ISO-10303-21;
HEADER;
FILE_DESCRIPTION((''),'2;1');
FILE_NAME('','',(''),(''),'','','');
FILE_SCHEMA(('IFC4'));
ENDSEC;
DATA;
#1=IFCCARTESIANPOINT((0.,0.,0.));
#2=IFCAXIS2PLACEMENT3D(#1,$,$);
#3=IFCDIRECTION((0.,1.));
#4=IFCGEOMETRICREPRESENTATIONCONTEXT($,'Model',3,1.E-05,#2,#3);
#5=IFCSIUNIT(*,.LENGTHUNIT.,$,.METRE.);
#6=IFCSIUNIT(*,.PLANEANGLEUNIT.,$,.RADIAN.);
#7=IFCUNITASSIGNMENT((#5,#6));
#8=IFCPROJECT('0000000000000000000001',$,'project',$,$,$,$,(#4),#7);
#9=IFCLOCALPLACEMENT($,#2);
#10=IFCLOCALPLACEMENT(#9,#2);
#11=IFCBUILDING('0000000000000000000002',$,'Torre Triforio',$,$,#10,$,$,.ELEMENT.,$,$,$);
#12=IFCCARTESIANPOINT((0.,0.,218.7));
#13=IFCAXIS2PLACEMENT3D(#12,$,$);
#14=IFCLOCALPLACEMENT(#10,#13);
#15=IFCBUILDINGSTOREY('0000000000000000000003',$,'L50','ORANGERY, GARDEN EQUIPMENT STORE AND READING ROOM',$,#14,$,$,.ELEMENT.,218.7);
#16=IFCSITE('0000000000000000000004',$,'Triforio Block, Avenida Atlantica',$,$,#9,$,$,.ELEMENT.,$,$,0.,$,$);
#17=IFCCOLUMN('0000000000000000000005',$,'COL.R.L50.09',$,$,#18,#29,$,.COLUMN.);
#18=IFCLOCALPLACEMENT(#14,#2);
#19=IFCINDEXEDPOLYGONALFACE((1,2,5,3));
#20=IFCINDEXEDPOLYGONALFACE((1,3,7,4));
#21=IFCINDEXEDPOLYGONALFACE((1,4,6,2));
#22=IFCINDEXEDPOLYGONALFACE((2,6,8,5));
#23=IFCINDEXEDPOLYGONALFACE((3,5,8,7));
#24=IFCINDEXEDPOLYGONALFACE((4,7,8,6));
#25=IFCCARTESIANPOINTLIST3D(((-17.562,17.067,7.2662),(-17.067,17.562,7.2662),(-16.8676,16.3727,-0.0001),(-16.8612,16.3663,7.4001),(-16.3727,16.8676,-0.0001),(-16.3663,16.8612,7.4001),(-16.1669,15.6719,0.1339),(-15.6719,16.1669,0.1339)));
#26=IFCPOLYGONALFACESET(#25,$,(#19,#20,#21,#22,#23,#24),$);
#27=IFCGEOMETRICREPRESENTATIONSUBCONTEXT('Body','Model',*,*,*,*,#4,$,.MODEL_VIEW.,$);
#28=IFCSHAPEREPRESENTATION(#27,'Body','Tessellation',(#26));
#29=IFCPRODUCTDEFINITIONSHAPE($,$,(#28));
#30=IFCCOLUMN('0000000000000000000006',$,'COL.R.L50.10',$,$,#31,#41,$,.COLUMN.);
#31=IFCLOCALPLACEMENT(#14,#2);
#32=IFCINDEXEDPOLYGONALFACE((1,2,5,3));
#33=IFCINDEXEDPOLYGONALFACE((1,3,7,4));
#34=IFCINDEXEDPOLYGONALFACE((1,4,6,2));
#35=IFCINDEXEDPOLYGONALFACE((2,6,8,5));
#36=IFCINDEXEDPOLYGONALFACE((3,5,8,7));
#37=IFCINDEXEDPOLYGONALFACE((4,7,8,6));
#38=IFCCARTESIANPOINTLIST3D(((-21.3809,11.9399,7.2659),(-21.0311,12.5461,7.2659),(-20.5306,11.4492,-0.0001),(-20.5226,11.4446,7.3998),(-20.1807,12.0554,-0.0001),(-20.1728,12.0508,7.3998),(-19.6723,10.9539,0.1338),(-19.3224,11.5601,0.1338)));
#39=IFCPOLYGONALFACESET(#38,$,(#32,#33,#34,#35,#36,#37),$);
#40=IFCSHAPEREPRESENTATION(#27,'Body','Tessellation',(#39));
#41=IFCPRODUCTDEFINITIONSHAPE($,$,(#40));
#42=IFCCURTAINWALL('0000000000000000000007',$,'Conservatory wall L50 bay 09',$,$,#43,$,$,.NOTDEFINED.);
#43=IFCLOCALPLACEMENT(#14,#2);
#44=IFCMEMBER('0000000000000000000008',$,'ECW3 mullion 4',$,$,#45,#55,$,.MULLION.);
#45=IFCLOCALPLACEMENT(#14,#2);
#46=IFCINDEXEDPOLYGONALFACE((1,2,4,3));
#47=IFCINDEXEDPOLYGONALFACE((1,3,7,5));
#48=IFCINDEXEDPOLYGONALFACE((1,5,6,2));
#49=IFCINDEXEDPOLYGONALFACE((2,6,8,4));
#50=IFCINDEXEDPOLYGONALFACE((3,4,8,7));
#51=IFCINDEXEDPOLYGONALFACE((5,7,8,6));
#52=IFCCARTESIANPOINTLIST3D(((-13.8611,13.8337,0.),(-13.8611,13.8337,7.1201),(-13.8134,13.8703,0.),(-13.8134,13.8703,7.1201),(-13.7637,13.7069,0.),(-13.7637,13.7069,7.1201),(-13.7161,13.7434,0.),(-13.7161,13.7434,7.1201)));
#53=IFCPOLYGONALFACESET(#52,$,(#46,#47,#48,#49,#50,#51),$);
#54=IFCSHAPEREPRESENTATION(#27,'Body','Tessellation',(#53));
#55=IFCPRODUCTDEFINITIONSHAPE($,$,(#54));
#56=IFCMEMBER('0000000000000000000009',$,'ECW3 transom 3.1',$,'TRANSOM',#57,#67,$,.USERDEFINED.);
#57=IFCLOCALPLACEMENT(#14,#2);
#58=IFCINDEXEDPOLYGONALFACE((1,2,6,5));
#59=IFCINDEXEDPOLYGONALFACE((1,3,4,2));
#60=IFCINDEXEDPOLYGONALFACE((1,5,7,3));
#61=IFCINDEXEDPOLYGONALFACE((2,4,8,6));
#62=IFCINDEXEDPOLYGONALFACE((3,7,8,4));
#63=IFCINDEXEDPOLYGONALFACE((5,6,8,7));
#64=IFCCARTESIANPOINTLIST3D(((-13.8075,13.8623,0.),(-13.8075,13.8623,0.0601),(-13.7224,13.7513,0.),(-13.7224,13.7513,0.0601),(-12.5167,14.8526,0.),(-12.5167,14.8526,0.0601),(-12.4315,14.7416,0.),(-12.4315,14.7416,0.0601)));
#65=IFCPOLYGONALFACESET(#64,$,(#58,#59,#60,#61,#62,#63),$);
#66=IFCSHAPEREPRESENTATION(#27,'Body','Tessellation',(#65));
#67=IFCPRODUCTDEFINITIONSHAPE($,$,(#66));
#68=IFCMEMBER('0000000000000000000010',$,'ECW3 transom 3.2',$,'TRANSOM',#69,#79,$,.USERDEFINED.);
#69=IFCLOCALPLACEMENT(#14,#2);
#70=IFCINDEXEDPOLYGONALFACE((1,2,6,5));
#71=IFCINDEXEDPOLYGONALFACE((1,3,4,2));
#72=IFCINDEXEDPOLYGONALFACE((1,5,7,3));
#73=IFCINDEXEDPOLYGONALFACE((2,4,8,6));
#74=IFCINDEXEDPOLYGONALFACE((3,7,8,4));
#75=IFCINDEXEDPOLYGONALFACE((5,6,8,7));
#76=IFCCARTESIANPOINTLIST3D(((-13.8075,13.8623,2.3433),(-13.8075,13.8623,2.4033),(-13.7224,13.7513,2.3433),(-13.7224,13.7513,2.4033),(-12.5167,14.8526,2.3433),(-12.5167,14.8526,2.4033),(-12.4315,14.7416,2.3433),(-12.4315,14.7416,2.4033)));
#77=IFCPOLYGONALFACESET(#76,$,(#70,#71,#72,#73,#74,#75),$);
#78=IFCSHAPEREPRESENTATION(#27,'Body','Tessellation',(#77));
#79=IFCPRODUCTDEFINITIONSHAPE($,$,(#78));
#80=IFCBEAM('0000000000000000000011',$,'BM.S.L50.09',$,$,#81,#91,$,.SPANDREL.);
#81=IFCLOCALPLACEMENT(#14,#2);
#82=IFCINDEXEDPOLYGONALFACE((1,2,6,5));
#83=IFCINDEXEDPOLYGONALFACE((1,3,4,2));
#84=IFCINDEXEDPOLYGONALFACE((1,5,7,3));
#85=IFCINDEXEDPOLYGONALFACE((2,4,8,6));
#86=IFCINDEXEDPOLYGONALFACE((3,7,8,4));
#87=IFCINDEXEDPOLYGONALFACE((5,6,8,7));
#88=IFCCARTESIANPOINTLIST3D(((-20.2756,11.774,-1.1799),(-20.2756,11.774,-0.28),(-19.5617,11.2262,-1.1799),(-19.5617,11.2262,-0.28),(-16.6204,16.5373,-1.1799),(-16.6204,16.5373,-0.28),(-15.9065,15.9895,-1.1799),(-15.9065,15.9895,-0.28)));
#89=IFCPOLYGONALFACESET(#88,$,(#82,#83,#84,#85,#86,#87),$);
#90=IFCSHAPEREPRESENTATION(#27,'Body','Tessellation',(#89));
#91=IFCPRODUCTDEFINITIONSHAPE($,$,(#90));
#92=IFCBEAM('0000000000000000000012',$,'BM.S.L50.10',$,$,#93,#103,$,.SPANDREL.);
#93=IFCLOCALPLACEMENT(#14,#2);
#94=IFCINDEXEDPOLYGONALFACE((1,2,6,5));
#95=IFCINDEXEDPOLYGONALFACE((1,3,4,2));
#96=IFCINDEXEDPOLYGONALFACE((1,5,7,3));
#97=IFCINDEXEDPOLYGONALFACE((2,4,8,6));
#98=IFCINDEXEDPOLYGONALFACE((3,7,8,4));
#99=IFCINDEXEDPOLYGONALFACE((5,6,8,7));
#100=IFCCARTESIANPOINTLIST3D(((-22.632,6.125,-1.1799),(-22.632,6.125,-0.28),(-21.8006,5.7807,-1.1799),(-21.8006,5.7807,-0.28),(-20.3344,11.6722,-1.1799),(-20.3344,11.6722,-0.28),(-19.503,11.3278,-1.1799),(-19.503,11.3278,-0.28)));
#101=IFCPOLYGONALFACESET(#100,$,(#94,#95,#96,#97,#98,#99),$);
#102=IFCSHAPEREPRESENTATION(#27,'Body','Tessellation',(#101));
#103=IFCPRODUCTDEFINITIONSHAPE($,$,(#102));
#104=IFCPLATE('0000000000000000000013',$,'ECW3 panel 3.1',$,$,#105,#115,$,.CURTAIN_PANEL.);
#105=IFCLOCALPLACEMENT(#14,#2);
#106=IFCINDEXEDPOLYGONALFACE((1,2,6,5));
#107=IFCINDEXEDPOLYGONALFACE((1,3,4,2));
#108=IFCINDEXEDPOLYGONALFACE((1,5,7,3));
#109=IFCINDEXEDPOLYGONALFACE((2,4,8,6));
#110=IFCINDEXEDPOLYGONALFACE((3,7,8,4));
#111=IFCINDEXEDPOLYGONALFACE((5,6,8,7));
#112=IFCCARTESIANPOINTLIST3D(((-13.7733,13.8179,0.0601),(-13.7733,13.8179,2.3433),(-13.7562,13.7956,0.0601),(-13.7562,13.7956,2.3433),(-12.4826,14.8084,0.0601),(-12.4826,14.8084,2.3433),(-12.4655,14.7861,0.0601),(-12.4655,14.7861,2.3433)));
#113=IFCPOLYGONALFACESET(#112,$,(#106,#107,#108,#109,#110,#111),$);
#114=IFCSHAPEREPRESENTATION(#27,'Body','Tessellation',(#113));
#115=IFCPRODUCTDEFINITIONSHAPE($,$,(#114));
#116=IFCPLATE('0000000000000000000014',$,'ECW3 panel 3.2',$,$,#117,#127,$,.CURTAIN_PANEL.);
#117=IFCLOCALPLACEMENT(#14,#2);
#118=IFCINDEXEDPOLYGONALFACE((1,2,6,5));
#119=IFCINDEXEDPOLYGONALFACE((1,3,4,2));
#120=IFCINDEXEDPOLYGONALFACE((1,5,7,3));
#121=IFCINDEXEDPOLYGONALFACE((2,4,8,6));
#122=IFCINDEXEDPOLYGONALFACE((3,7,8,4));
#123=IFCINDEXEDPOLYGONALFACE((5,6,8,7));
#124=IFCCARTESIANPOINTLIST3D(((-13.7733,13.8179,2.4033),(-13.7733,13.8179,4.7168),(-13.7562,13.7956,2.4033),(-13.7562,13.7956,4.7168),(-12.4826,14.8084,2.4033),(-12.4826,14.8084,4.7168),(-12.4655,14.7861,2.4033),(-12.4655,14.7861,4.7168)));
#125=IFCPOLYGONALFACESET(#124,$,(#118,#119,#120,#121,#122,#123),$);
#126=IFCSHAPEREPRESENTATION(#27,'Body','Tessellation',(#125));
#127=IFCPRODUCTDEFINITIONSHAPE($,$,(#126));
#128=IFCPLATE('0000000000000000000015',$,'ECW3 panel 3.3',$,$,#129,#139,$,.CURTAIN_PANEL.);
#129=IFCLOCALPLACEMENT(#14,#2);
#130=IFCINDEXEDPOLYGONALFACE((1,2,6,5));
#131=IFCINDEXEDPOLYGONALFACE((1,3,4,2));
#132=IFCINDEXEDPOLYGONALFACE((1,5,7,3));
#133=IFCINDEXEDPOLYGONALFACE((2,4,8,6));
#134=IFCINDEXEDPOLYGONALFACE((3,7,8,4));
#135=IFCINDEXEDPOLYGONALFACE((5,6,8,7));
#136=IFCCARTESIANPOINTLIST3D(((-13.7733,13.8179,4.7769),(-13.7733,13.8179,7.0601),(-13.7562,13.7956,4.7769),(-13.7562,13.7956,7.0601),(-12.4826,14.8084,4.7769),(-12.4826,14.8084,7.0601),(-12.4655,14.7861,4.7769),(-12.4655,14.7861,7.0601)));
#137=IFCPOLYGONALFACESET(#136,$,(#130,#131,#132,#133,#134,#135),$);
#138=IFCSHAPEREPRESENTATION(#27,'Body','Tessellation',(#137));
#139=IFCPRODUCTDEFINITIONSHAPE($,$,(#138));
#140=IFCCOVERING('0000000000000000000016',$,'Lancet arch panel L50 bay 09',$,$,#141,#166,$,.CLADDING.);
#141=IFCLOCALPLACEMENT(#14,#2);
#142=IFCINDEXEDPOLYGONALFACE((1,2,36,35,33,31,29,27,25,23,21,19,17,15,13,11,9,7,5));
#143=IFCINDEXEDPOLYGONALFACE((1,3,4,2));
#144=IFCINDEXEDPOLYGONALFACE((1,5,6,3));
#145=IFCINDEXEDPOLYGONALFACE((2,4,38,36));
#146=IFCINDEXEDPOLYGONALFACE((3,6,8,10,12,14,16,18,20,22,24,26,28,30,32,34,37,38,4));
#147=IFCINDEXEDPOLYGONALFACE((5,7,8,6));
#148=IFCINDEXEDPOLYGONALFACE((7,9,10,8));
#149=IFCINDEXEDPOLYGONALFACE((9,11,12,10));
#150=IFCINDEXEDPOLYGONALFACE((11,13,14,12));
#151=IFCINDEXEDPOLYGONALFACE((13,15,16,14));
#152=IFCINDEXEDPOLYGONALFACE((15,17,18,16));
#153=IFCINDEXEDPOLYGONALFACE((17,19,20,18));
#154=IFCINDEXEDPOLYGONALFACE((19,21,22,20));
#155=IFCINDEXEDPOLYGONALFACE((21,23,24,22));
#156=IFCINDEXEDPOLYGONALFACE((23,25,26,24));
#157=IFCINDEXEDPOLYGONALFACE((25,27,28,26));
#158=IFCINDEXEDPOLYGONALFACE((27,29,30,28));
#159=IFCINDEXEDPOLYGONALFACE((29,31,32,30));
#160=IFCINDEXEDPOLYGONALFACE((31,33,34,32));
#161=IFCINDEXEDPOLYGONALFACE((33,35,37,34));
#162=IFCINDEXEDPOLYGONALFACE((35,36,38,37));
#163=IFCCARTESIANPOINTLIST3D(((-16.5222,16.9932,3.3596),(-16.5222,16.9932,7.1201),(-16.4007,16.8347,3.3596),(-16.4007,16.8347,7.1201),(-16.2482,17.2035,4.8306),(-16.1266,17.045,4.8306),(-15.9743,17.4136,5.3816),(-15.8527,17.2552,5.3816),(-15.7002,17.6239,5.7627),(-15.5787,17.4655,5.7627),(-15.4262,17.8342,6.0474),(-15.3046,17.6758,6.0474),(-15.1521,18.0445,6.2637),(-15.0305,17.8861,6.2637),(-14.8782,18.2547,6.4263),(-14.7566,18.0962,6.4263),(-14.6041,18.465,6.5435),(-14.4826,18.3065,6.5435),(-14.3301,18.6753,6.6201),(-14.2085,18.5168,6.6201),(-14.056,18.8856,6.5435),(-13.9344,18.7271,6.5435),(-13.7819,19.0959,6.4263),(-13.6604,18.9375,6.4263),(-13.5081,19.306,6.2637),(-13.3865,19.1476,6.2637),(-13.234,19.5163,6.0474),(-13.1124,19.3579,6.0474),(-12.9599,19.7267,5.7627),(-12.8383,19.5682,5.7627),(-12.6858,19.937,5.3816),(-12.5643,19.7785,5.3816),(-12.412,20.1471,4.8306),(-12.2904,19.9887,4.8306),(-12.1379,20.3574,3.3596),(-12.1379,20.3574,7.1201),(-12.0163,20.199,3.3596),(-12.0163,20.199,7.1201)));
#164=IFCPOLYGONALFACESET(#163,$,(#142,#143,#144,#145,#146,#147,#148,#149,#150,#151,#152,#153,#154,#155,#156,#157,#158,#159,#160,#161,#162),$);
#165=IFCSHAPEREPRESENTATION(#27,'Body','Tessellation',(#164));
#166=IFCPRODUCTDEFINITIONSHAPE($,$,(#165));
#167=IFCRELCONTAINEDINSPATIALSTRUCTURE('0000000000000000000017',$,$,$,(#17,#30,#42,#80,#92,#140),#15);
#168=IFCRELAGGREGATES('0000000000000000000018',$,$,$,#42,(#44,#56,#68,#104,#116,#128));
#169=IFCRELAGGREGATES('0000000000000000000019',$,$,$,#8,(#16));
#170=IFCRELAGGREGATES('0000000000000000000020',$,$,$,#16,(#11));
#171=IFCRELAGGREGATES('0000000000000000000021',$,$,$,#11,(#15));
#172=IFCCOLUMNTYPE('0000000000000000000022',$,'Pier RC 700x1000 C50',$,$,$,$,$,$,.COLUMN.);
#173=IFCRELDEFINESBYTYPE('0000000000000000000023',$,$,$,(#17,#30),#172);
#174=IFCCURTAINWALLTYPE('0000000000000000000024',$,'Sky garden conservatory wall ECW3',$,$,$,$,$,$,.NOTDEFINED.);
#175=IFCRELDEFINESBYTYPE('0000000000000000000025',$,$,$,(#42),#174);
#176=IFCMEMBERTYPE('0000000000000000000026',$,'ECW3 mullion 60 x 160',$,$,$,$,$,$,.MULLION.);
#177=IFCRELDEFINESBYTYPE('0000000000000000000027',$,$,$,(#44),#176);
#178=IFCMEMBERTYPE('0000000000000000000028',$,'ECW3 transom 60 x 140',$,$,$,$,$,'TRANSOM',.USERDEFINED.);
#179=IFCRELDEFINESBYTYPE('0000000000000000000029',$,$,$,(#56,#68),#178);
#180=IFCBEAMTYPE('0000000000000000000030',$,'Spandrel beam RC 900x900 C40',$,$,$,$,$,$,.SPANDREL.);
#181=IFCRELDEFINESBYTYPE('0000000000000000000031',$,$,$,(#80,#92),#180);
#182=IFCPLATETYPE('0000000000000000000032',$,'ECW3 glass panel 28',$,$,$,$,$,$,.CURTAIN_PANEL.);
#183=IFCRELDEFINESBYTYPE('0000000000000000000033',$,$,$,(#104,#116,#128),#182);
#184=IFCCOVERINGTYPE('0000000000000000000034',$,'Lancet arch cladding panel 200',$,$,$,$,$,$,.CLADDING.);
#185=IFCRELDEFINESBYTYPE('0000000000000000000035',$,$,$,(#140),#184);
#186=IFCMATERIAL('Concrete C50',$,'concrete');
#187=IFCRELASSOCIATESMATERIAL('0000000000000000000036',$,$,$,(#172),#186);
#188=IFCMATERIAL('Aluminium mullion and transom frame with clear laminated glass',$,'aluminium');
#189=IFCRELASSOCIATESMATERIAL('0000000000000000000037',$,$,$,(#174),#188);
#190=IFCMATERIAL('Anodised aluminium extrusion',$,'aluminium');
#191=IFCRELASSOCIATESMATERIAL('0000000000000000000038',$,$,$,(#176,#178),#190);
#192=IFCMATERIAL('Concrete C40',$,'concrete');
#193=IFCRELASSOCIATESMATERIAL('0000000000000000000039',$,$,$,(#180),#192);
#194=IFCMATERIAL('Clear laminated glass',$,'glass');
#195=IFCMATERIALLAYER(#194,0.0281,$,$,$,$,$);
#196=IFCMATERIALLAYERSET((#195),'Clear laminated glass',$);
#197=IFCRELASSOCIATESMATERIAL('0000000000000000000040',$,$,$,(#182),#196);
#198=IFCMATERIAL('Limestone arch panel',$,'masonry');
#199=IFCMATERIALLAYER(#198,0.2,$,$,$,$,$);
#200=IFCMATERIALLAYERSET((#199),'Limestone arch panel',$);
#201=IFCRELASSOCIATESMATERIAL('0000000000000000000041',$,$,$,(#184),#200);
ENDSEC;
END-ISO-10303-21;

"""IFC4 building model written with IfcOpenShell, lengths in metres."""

from ifc_helpers import new_model, si_unit, direction, frame, origin, origin_2d, place, context, subcontext, project, spatial, polyline, rectangle, outline, extrude, material, layer, layer_set, material_profile, profile_set, type_object, element, aggregate, save


model = new_model("IFC4")

# Units and contexts
model_context = context("Model", 3, precision=1e-05, world=origin(), true_north=direction((0.0, 1.0)))
body_context = subcontext(model_context, "Body", "Model", "MODEL_VIEW")
ifc_project = project(units=[si_unit("LENGTHUNIT", "METRE"), si_unit("PLANEANGLEUNIT", "RADIAN")], contexts=[model_context])

# Site, building, storey
site_placement = place(None, origin())
site = spatial("IfcSite", under=ifc_project, at=site_placement, Name="Triforio Block, Avenida Atlantica", CompositionType="ELEMENT", RefElevation=0.0)
building_placement = place(site_placement, origin())
building = spatial("IfcBuilding", under=site, at=building_placement, Name="Torre Triforio", CompositionType="ELEMENT")
storey_placement = place(building_placement, frame((0.0, 0.0, 218.7)))
storey = spatial("IfcBuildingStorey", under=building, at=storey_placement, Name="L50", Description="ORANGERY, GARDEN EQUIPMENT STORE AND READING ROOM", CompositionType="ELEMENT", Elevation=218.7)

# Columns
ifc_material_1 = material(Name="Concrete C50", Category="concrete")
ifc_material_profile_1 = material_profile(ifc_material_1, rectangle(XDim=0.7, YDim=1.0, at=origin_2d()), Name="RC 700x1000")
ifc_profile_set_1 = profile_set([ifc_material_profile_1], Name="Concrete C50")
column_type = type_object("IfcColumnType", Name="Pier RC 700x1000 C50", PredefinedType="COLUMN", material=ifc_profile_set_1)
column_1_placement = place(storey_placement, frame((-16.2698, 16.2698, 0.0669), z_axis=(-0.094697, 0.094697, 0.990992), x_axis=(-0.707107, -0.707107, 0.0)))
element("IfcColumn", 1, at=column_1_placement, inside=storey, type_object=column_type, Name="COL.R.L50.09", PredefinedType="COLUMN", context=body_context, shape_type="SweptSolid", body=[
    extrude(rectangle(XDim=0.7, YDim=1.0, at=origin_2d()), origin(), (0.0, 0.0, 1.0), 7.3323),
])
column_2_placement = place(storey_placement, frame((-19.9265, 11.5046, 0.0669), z_axis=(-0.115975, 0.066928, 0.990995), x_axis=(-0.49983, -0.866123, 0.0)))
element("IfcColumn", 2, at=column_2_placement, inside=storey, type_object=column_type, Name="COL.R.L50.10", PredefinedType="COLUMN", context=body_context, shape_type="SweptSolid", body=[
    extrude(rectangle(XDim=0.7, YDim=1.0, at=origin_2d()), origin(), (0.0, 0.0, 1.0), 7.332),
])

# Curtain wall, members
ifc_material_2 = material(Name="Aluminium mullion and transom frame with clear laminated glass", Category="aluminium")
curtain_wall_type = type_object("IfcCurtainWallType", Name="Sky garden conservatory wall ECW3", PredefinedType="NOTDEFINED", material=ifc_material_2)
curtain_wall_placement = place(storey_placement, origin())
curtain_wall = element("IfcCurtainWall", 3, at=curtain_wall_placement, inside=storey, type_object=curtain_wall_type, Name="Conservatory wall L50 bay 09", PredefinedType="NOTDEFINED")
ifc_material_3 = material(Name="Anodised aluminium extrusion", Category="aluminium")
ifc_material_profile_2 = material_profile(ifc_material_3, rectangle(XDim=0.1599, YDim=0.0601, at=origin_2d()), Name="ECW3 MULLION 60x160")
ifc_profile_set_2 = profile_set([ifc_material_profile_2], Name="Anodised aluminium extrusion")
member_type_1 = type_object("IfcMemberType", Name="ECW3 mullion 60 x 160", PredefinedType="MULLION", material=ifc_profile_set_2)
member_1_placement = place(storey_placement, frame((-13.7886, 13.7886, 0.0), z_axis=(0.0, 0.0, 1.0), x_axis=(0.608767, -0.793349, 0.0)))
member_1 = element("IfcMember", 4, at=member_1_placement, type_object=member_type_1, Name="ECW3 mullion 4", PredefinedType="MULLION", context=body_context, shape_type="SweptSolid", body=[
    extrude(rectangle(XDim=0.1599, YDim=0.0601, at=origin_2d()), origin(), (0.0, 0.0, 1.0), 7.1201),
])
ifc_material_profile_3 = material_profile(ifc_material_3, rectangle(XDim=0.1399, YDim=0.0601, at=origin_2d()), Name="ECW3 TRANSOM 60x140")
ifc_profile_set_3 = profile_set([ifc_material_profile_3], Name="Anodised aluminium extrusion")
member_type_2 = type_object("IfcMemberType", Name="ECW3 transom 60 x 140", ElementType="TRANSOM", PredefinedType="USERDEFINED", material=ifc_profile_set_3)
member_2_placement = place(storey_placement, frame((-12.4741, 14.7971, 0.03), z_axis=(-0.793416, -0.60868, 0.0), x_axis=(0.60868, -0.793416, 0.0)))
member_2 = element("IfcMember", 5, at=member_2_placement, type_object=member_type_2, Name="ECW3 transom 3.1", ObjectType="TRANSOM", PredefinedType="USERDEFINED", context=body_context, shape_type="SweptSolid", body=[
    extrude(rectangle(XDim=0.1399, YDim=0.0601, at=origin_2d()), origin(), (0.0, 0.0, 1.0), 1.627),
])
member_3_placement = place(storey_placement, frame((-12.4741, 14.7971, 2.3733), z_axis=(-0.793416, -0.60868, 0.0), x_axis=(0.60868, -0.793416, 0.0)))
member_3 = element("IfcMember", 6, at=member_3_placement, type_object=member_type_2, Name="ECW3 transom 3.2", ObjectType="TRANSOM", PredefinedType="USERDEFINED", context=body_context, shape_type="SweptSolid", body=[
    extrude(rectangle(XDim=0.1399, YDim=0.0601, at=origin_2d()), origin(), (0.0, 0.0, 1.0), 1.627),
])

# Beams
ifc_material_4 = material(Name="Concrete C40", Category="concrete")
ifc_material_profile_4 = material_profile(ifc_material_4, rectangle(XDim=0.8999, YDim=0.8999, at=origin_2d()), Name="RC 900x900")
ifc_profile_set_4 = profile_set([ifc_material_profile_4], Name="Concrete C40")
beam_type = type_object("IfcBeamType", Name="Spandrel beam RC 900x900 C40", PredefinedType="SPANDREL", material=ifc_profile_set_4)
for number, where, z_axis, x_axis, name in (
    (7, (-16.2634, 16.2634, -0.73), (-0.608779, -0.79334, 0.0), (0.79334, -0.608779, 0.0), "BM.S.L50.09"),
    (8, (-19.9187, 11.5, -0.73), (-0.382671, -0.923885, 0.0), (0.923885, -0.382671, 0.0), "BM.S.L50.10"),
):
    element("IfcBeam", number, at=place(storey_placement, frame(where, z_axis=z_axis, x_axis=x_axis)), inside=storey, type_object=beam_type, Name=name, PredefinedType="SPANDREL", context=body_context, shape_type="SweptSolid", body=[
        extrude(rectangle(XDim=0.8999, YDim=0.8999, at=origin_2d()), origin(), (0.0, 0.0, 1.0), 6.0042),
    ])

# Plates
ifc_material_5 = material(Name="Clear laminated glass", Category="glass")
ifc_layer_1 = layer(ifc_material_5, 0.0281)
ifc_layer_set_1 = layer_set([ifc_layer_1], Name="Clear laminated glass")
plate_type = type_object("IfcPlateType", Name="ECW3 glass panel 28", PredefinedType="CURTAIN_PANEL", material=ifc_layer_set_1)
plate_1_placement = place(storey_placement, frame((-13.1194, 14.302, 0.0601), z_axis=(0.0, 0.0, 1.0), x_axis=(-0.793349, -0.608767, 0.0)))
plate_1 = element("IfcPlate", 9, at=plate_1_placement, type_object=plate_type, Name="ECW3 panel 3.1", PredefinedType="CURTAIN_PANEL", context=body_context, shape_type="SweptSolid", body=[
    extrude(rectangle(XDim=1.627, YDim=0.0281, at=origin_2d()), origin(), (0.0, 0.0, 1.0), 2.2832),
])
plate_2_placement = place(storey_placement, frame((-13.1194, 14.302, 2.4033), z_axis=(0.0, 0.0, 1.0), x_axis=(-0.793349, -0.608767, 0.0)))
plate_2 = element("IfcPlate", 10, at=plate_2_placement, type_object=plate_type, Name="ECW3 panel 3.2", PredefinedType="CURTAIN_PANEL", context=body_context, shape_type="SweptSolid", body=[
    extrude(rectangle(XDim=1.627, YDim=0.0281, at=origin_2d()), origin(), (0.0, 0.0, 1.0), 2.3135),
])
plate_3_placement = place(storey_placement, frame((-13.1194, 14.302, 4.7769), z_axis=(0.0, 0.0, 1.0), x_axis=(-0.793349, -0.608767, 0.0)))
plate_3 = element("IfcPlate", 11, at=plate_3_placement, type_object=plate_type, Name="ECW3 panel 3.3", PredefinedType="CURTAIN_PANEL", context=body_context, shape_type="SweptSolid", body=[
    extrude(rectangle(XDim=1.627, YDim=0.0281, at=origin_2d()), origin(), (0.0, 0.0, 1.0), 2.2832),
])
aggregate(curtain_wall, [member_1, member_2, member_3, plate_1, plate_2, plate_3])

# Covering
ifc_material_6 = material(Name="Limestone arch panel", Category="masonry")
ifc_layer_2 = layer(ifc_material_6, 0.2)
ifc_layer_set_2 = layer_set([ifc_layer_2], Name="Limestone arch panel")
covering_type_1 = type_object("IfcCoveringType", Name="Lancet arch cladding panel 200", PredefinedType="CLADDING", material=ifc_layer_set_2)
for number, where, z_axis, x_axis, name in (
    (12, (-14.2085, 18.5168, 0.0), (-0.608765, 0.793351, 0.0), (-0.793351, -0.608765, 0.0), "Lancet arch panel L50 bay 09"),
):
    element("IfcCovering", number, at=place(storey_placement, frame(where, z_axis=z_axis, x_axis=x_axis)), inside=storey, type_object=covering_type_1, Name=name, PredefinedType="CLADDING", context=body_context, shape_type="SweptSolid", body=[
        extrude(outline(polyline([(-2.7632, 7.1201), (-2.7632, 3.3596), (-2.4177, 4.8306), (-2.0725, 5.3816), (-1.7271, 5.7627), (-1.3816, 6.0474), (-1.0361, 6.2637), (-0.6909, 6.4263), (-0.3455, 6.5435), (0.0, 6.6201), (0.3455, 6.5435), (0.6909, 6.4263), (1.0361, 6.2637), (1.3816, 6.0474), (1.7271, 5.7627), (2.0725, 5.3816), (2.4177, 4.8306), (2.7632, 3.3596), (2.7632, 7.1201), (-2.7632, 7.1201)])), origin(), (0.0, 0.0, 1.0), 0.1997),
    ])

save(model, "model.ifc")
